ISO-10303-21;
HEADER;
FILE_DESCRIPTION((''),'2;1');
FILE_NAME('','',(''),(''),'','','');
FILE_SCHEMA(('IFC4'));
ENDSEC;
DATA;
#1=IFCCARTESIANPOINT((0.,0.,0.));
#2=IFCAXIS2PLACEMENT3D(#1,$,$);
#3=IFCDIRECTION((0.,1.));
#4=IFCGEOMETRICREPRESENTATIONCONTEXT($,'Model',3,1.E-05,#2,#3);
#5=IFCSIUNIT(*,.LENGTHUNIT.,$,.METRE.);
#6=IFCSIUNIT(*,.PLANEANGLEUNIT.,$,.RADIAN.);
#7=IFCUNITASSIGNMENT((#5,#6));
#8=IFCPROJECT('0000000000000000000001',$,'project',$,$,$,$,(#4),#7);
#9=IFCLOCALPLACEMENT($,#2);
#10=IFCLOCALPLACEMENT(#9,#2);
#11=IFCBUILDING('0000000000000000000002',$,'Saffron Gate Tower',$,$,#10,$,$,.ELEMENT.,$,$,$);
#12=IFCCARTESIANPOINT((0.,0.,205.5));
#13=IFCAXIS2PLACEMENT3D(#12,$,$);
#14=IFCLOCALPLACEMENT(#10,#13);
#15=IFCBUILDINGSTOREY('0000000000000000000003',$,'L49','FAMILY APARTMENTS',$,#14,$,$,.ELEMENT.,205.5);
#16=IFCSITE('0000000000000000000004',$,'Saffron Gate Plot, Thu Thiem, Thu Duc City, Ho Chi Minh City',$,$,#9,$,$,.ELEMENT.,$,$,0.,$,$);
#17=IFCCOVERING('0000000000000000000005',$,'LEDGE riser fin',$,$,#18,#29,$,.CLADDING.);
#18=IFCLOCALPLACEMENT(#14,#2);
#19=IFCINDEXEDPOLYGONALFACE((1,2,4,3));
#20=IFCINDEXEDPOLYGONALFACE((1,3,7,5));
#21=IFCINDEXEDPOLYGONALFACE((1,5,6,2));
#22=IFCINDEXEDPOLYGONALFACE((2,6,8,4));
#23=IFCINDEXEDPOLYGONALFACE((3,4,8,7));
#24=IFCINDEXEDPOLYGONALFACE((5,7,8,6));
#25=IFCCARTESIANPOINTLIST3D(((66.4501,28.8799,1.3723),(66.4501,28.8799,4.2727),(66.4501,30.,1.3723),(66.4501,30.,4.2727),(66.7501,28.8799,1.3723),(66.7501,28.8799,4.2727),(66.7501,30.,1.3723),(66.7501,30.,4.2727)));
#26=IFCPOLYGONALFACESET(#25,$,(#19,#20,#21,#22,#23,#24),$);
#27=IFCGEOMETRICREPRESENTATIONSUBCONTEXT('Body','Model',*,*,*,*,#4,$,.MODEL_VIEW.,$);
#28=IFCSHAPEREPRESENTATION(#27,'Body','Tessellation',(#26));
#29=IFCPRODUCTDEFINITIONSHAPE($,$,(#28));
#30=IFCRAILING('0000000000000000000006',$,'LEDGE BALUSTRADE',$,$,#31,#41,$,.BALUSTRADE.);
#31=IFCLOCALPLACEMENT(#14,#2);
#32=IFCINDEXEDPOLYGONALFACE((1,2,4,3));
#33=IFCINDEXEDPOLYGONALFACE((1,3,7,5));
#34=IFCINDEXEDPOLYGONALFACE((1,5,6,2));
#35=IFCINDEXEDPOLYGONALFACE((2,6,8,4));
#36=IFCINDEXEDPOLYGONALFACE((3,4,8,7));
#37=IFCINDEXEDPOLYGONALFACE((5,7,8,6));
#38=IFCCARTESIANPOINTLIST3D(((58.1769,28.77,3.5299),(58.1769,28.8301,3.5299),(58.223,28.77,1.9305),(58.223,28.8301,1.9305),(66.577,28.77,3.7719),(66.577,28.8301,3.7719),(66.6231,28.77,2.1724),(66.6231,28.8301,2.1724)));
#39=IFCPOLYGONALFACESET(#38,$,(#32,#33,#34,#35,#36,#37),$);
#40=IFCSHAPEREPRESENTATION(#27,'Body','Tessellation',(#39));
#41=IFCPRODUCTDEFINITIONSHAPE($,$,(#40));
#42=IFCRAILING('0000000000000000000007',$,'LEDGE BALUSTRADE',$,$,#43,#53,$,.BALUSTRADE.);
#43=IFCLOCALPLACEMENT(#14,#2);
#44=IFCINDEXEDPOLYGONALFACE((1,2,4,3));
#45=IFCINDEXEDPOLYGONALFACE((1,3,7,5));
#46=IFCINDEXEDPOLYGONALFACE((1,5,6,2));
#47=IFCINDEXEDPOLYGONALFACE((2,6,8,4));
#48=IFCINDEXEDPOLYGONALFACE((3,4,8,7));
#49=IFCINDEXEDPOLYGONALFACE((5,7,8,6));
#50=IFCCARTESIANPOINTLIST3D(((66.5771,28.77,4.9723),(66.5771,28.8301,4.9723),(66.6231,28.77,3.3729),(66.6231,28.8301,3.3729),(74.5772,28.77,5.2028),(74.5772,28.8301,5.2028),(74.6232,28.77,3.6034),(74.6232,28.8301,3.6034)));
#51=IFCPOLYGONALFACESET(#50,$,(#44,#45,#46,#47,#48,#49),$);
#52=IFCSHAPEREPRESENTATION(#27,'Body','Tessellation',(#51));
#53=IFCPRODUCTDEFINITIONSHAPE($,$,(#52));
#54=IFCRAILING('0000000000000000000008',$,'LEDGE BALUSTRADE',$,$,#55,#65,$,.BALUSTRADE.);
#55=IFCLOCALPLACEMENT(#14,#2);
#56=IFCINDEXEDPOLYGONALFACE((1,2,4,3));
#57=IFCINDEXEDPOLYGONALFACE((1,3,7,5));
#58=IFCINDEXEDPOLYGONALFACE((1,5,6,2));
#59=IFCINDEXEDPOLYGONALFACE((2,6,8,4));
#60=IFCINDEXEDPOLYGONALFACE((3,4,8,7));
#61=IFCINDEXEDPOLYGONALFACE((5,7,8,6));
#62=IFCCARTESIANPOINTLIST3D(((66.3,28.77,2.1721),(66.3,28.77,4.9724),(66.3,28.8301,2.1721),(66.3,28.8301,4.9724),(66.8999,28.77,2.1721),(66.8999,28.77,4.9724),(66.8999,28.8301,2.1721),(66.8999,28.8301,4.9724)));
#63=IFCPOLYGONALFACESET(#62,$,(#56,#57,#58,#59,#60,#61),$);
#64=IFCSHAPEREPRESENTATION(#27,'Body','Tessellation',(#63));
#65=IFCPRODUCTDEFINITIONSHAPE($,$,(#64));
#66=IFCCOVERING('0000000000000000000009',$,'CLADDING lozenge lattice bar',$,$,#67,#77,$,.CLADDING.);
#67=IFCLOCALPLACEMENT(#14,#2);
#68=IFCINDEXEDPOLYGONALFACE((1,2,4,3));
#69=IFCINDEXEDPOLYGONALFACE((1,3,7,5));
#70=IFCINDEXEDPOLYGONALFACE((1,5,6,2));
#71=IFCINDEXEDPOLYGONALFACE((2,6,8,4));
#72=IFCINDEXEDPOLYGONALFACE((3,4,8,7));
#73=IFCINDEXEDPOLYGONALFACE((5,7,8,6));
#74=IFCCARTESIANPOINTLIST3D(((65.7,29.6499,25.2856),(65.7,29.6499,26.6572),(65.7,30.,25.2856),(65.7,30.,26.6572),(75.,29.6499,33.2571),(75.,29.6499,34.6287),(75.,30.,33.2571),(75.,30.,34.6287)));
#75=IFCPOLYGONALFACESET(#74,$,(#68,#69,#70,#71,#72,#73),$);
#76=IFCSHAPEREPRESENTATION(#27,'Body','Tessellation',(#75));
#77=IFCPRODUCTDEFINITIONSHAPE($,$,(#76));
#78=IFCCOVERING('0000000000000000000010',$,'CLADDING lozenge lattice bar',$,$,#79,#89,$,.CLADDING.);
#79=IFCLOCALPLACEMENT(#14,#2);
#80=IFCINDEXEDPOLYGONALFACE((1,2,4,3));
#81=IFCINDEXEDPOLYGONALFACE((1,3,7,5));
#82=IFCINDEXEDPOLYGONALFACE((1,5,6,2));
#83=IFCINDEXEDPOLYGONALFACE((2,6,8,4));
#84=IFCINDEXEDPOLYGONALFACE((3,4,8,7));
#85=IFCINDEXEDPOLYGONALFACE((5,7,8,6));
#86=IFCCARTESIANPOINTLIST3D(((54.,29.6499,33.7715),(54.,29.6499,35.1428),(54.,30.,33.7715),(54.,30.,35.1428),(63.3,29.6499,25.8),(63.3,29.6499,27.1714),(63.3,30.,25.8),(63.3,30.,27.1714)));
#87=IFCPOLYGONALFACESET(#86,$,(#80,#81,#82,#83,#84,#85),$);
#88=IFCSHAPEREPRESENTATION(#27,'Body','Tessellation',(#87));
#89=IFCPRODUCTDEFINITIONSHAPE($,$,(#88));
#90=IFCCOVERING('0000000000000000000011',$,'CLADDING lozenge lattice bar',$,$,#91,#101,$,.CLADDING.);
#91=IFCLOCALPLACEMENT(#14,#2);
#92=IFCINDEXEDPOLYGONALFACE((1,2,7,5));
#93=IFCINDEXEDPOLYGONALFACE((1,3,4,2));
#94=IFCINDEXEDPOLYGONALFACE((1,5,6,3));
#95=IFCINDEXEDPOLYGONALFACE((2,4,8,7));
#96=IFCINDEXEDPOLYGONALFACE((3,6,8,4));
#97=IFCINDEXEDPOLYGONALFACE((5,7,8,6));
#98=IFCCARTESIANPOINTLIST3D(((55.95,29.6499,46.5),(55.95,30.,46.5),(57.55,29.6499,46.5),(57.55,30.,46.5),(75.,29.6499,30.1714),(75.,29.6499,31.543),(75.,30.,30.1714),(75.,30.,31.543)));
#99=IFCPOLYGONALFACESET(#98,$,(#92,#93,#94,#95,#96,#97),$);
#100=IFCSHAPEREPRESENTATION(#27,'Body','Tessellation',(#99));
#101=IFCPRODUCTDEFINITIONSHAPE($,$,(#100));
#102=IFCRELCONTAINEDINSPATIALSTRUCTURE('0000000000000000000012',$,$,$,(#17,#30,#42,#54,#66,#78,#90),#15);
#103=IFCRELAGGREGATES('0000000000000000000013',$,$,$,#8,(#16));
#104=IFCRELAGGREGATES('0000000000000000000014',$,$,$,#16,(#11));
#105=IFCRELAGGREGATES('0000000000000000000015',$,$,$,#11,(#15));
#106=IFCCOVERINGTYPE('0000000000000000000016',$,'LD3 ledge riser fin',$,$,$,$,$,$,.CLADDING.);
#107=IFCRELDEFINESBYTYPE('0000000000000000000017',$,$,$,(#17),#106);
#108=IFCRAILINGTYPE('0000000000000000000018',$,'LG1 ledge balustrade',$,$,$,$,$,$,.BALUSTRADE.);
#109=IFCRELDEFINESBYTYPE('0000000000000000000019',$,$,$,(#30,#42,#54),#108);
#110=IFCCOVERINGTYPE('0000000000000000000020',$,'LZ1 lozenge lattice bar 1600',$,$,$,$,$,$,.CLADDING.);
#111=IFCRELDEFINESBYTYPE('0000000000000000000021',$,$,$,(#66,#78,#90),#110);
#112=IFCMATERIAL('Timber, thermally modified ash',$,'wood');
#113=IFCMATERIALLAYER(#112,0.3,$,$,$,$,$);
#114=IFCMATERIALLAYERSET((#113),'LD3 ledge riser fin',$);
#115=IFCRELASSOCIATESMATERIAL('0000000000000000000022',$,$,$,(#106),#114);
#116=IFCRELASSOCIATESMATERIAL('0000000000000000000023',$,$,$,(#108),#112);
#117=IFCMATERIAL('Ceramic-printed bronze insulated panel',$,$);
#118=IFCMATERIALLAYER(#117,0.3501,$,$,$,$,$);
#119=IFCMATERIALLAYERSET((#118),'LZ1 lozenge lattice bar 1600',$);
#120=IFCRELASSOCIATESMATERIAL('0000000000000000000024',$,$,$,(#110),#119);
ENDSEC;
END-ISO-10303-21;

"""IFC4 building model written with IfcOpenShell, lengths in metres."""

from ifc_helpers import new_model, si_unit, direction, frame, origin, origin_2d, place, context, subcontext, project, spatial, polyline, rectangle, outline, extrude, material, layer, layer_set, type_object, element, save


model = new_model("IFC4")

# Units and contexts
model_context = context("Model", 3, precision=1e-05, world=origin(), true_north=direction((0.0, 1.0)))
body_context = subcontext(model_context, "Body", "Model", "MODEL_VIEW")
ifc_project = project(units=[si_unit("LENGTHUNIT", "METRE"), si_unit("PLANEANGLEUNIT", "RADIAN")], contexts=[model_context])

# Site, building, storey
site_placement = place(None, origin())
site = spatial("IfcSite", under=ifc_project, at=site_placement, Name="Saffron Gate Plot, Thu Thiem, Thu Duc City, Ho Chi Minh City", CompositionType="ELEMENT", RefElevation=0.0)
building_placement = place(site_placement, origin())
building = spatial("IfcBuilding", under=site, at=building_placement, Name="Saffron Gate Tower", CompositionType="ELEMENT")
storey_placement = place(building_placement, frame((0.0, 0.0, 205.5)))
storey = spatial("IfcBuildingStorey", under=building, at=storey_placement, Name="L49", Description="FAMILY APARTMENTS", CompositionType="ELEMENT", Elevation=205.5)

# Covering
ifc_material_1 = material(Name="Timber, thermally modified ash", Category="wood")
ifc_layer_1 = layer(ifc_material_1, 0.3)
ifc_layer_set_1 = layer_set([ifc_layer_1], Name="LD3 ledge riser fin")
covering_type_1 = type_object("IfcCoveringType", Name="LD3 ledge riser fin", PredefinedType="CLADDING", material=ifc_layer_set_1)
covering_1_placement = place(storey_placement, frame((66.6001, 29.4399, 1.3723), z_axis=(0.0, 0.0, 1.0), x_axis=(1.0, 0.0, 0.0)))
element("IfcCovering", 1, at=covering_1_placement, inside=storey, type_object=covering_type_1, Name="LEDGE riser fin", PredefinedType="CLADDING", context=body_context, shape_type="SweptSolid", body=[
    extrude(rectangle(XDim=0.3, YDim=1.1201, at=origin_2d()), origin(), (0.0, 0.0, 1.0), 2.9004),
])

# Railings
railing_type_1 = type_object("IfcRailingType", Name="LG1 ledge balustrade", PredefinedType="BALUSTRADE", material=ifc_material_1)
railing_1_placement = place(storey_placement, frame((58.2, 28.8, 1.9302)))
element("IfcRailing", 2, at=railing_1_placement, inside=storey, type_object=railing_type_1, Name="LEDGE BALUSTRADE", PredefinedType="BALUSTRADE", context=body_context, shape_type="SweptSolid", body=[
    extrude(rectangle(XDim=0.0601, YDim=1.6001, at=origin_2d()), frame((0.0, 0.0, 0.8), z_axis=(0.999585, 0.0, 0.02879), x_axis=(0.0, 1.0, 0.0)), (0.0, 0.0, 1.0), 8.4036),
])
railing_2_placement = place(storey_placement, frame((66.6001, 28.8, 3.3726)))
element("IfcRailing", 3, at=railing_2_placement, inside=storey, type_object=railing_type_1, Name="LEDGE BALUSTRADE", PredefinedType="BALUSTRADE", context=body_context, shape_type="SweptSolid", body=[
    extrude(rectangle(XDim=0.0601, YDim=1.6001, at=origin_2d()), frame((0.0, 0.0, 0.8), z_axis=(0.999585, 0.0, 0.028797), x_axis=(0.0, 1.0, 0.0)), (0.0, 0.0, 1.0), 8.0034),
])
railing_3_placement = place(storey_placement, frame((66.3, 28.8, 2.1721)))
element("IfcRailing", 4, at=railing_3_placement, inside=storey, type_object=railing_type_1, Name="LEDGE BALUSTRADE", PredefinedType="BALUSTRADE", context=body_context, shape_type="SweptSolid", body=[
    extrude(rectangle(XDim=0.0601, YDim=2.8003, at=origin_2d()), frame((0.0, 0.0, 1.4001), z_axis=(1.0, 0.0, 0.0), x_axis=(0.0, 1.0, 0.0)), (0.0, 0.0, 1.0), 0.5999),
])

# Coverings
ifc_material_2 = material(Name="Ceramic-printed bronze insulated panel")
ifc_layer_2 = layer(ifc_material_2, 0.3501)
ifc_layer_set_2 = layer_set([ifc_layer_2], Name="LZ1 lozenge lattice bar 1600")
covering_type_2 = type_object("IfcCoveringType", Name="LZ1 lozenge lattice bar 1600", PredefinedType="CLADDING", material=ifc_layer_set_2)
covering_2_placement = place(storey_placement, frame((65.7, 29.6499, 26.6572), z_axis=(0.0, -1.0, 0.0), x_axis=(0.0, 0.0, -1.0)))
element("IfcCovering", 5, at=covering_2_placement, inside=storey, type_object=covering_type_2, Name="CLADDING lozenge lattice bar", PredefinedType="CLADDING", context=body_context, shape_type="SweptSolid", body=[
    extrude(outline(polyline([(0.0, 0.0), (1.3716, 0.0), (-6.5999, 9.3), (-7.9714, 9.3), (0.0, 0.0)])), origin(), (0.0, 0.0, -1.0), 0.3501),
])
covering_3_placement = place(storey_placement, frame((63.3, 29.6499, 25.8), z_axis=(0.0, -1.0, 0.0), x_axis=(0.0, 0.0, 1.0)))
element("IfcCovering", 6, at=covering_3_placement, inside=storey, type_object=covering_type_2, Name="CLADDING lozenge lattice bar", PredefinedType="CLADDING", context=body_context, shape_type="SweptSolid", body=[
    extrude(outline(polyline([(0.0, 0.0), (1.3713, 0.0), (9.3428, 9.3), (7.9714, 9.3), (0.0, 0.0)])), origin(), (0.0, 0.0, -1.0), 0.3501),
])
covering_4_placement = place(storey_placement, frame((75.0, 29.6499, 30.1714), z_axis=(0.0, -1.0, 0.0), x_axis=(0.0, 0.0, 1.0)))
element("IfcCovering", 7, at=covering_4_placement, inside=storey, type_object=covering_type_2, Name="CLADDING lozenge lattice bar", PredefinedType="CLADDING", context=body_context, shape_type="SweptSolid", body=[
    extrude(outline(polyline([(0.0, 0.0), (1.3716, 0.0), (16.3286, 17.45), (16.3286, 19.05), (0.0, 0.0)])), origin(), (0.0, 0.0, -1.0), 0.3501),
])

save(model, "model.ifc")
